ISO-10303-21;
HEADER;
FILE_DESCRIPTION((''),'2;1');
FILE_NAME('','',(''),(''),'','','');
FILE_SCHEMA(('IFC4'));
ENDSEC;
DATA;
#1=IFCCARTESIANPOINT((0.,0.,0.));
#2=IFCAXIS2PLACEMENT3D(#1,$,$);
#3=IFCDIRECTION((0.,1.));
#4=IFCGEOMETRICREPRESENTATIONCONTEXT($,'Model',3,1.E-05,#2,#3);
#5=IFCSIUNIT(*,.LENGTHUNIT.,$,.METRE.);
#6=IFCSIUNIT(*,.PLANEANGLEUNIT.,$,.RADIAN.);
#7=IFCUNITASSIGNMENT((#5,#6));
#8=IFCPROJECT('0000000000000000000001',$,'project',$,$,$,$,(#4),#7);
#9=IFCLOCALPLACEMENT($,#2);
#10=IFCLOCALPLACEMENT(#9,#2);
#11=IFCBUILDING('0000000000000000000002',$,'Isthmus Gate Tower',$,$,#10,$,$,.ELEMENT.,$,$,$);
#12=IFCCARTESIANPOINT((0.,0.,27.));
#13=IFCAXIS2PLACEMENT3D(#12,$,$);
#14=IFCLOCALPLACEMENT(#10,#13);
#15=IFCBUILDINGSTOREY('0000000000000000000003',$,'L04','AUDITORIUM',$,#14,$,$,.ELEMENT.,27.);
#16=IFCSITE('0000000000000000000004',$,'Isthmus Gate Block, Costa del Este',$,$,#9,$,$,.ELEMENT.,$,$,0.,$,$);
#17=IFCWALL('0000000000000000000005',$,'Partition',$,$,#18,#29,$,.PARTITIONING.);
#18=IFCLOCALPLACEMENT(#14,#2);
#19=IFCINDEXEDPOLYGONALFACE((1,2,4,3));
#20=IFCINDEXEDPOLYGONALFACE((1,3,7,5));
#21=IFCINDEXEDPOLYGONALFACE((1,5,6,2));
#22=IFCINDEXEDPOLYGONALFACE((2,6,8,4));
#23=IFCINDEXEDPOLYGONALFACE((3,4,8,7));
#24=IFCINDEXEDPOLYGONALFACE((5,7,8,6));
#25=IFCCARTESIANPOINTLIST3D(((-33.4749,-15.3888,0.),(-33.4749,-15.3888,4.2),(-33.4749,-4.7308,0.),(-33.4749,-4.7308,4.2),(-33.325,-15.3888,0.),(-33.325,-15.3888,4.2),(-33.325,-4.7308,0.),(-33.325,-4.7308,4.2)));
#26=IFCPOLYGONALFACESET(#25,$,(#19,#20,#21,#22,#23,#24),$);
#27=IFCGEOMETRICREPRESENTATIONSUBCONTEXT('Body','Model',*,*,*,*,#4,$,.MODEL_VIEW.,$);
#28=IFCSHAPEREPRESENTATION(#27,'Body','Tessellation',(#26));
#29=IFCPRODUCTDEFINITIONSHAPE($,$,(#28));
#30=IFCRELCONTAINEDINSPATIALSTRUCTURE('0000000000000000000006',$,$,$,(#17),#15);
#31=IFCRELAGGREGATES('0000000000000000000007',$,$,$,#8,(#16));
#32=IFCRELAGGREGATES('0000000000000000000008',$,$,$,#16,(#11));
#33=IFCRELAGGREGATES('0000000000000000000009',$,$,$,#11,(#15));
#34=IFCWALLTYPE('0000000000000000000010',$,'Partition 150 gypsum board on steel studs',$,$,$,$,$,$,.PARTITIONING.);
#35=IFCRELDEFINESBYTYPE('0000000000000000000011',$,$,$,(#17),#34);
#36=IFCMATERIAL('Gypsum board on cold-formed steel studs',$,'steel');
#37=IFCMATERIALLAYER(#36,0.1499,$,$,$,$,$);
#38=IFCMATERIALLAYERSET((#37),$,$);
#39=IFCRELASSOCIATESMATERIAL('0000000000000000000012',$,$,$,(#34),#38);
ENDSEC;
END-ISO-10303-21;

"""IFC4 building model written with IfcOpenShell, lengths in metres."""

from ifc_helpers import new_model, si_unit, direction, frame, frame_2d, origin, place, context, subcontext, project, spatial, rectangle, extrude, material, layer, layer_set, type_object, element, save


model = new_model("IFC4")

# Units and contexts
model_context = context("Model", 3, precision=1e-05, world=origin(), true_north=direction((0.0, 1.0)))
body_context = subcontext(model_context, "Body", "Model", "MODEL_VIEW")
ifc_project = project(units=[si_unit("LENGTHUNIT", "METRE"), si_unit("PLANEANGLEUNIT", "RADIAN")], contexts=[model_context])

# Site, building, storey
site_placement = place(None, origin())
site = spatial("IfcSite", under=ifc_project, at=site_placement, Name="Isthmus Gate Block, Costa del Este", CompositionType="ELEMENT", RefElevation=0.0)
building_placement = place(site_placement, origin())
building = spatial("IfcBuilding", under=site, at=building_placement, Name="Isthmus Gate Tower", CompositionType="ELEMENT")
storey_placement = place(building_placement, frame((0.0, 0.0, 27.0)))
storey = spatial("IfcBuildingStorey", under=building, at=storey_placement, Name="L04", Description="AUDITORIUM", CompositionType="ELEMENT", Elevation=27.0)

# Wall
ifc_material_1 = material(Name="Gypsum board on cold-formed steel studs", Category="steel")
ifc_layer_1 = layer(ifc_material_1, 0.1499)
ifc_layer_set_1 = layer_set([ifc_layer_1])
wall_type_1 = type_object("IfcWallType", Name="Partition 150 gypsum board on steel studs", PredefinedType="PARTITIONING", material=ifc_layer_set_1)
wall_1_placement = place(storey_placement, frame((-33.3999, -15.3889, 0.0), z_axis=(0.0, 0.0, 1.0), x_axis=(0.0, 1.0, 0.0)))
element("IfcWall", 1, at=wall_1_placement, inside=storey, type_object=wall_type_1, Name="Partition", PredefinedType="PARTITIONING", context=body_context, shape_type="SweptSolid", body=[
    extrude(rectangle(XDim=10.658, YDim=0.1499, at=frame_2d((5.3291, 0.0))), origin(), (0.0, 0.0, 1.0), 4.2),
])

save(model, "model.ifc")
